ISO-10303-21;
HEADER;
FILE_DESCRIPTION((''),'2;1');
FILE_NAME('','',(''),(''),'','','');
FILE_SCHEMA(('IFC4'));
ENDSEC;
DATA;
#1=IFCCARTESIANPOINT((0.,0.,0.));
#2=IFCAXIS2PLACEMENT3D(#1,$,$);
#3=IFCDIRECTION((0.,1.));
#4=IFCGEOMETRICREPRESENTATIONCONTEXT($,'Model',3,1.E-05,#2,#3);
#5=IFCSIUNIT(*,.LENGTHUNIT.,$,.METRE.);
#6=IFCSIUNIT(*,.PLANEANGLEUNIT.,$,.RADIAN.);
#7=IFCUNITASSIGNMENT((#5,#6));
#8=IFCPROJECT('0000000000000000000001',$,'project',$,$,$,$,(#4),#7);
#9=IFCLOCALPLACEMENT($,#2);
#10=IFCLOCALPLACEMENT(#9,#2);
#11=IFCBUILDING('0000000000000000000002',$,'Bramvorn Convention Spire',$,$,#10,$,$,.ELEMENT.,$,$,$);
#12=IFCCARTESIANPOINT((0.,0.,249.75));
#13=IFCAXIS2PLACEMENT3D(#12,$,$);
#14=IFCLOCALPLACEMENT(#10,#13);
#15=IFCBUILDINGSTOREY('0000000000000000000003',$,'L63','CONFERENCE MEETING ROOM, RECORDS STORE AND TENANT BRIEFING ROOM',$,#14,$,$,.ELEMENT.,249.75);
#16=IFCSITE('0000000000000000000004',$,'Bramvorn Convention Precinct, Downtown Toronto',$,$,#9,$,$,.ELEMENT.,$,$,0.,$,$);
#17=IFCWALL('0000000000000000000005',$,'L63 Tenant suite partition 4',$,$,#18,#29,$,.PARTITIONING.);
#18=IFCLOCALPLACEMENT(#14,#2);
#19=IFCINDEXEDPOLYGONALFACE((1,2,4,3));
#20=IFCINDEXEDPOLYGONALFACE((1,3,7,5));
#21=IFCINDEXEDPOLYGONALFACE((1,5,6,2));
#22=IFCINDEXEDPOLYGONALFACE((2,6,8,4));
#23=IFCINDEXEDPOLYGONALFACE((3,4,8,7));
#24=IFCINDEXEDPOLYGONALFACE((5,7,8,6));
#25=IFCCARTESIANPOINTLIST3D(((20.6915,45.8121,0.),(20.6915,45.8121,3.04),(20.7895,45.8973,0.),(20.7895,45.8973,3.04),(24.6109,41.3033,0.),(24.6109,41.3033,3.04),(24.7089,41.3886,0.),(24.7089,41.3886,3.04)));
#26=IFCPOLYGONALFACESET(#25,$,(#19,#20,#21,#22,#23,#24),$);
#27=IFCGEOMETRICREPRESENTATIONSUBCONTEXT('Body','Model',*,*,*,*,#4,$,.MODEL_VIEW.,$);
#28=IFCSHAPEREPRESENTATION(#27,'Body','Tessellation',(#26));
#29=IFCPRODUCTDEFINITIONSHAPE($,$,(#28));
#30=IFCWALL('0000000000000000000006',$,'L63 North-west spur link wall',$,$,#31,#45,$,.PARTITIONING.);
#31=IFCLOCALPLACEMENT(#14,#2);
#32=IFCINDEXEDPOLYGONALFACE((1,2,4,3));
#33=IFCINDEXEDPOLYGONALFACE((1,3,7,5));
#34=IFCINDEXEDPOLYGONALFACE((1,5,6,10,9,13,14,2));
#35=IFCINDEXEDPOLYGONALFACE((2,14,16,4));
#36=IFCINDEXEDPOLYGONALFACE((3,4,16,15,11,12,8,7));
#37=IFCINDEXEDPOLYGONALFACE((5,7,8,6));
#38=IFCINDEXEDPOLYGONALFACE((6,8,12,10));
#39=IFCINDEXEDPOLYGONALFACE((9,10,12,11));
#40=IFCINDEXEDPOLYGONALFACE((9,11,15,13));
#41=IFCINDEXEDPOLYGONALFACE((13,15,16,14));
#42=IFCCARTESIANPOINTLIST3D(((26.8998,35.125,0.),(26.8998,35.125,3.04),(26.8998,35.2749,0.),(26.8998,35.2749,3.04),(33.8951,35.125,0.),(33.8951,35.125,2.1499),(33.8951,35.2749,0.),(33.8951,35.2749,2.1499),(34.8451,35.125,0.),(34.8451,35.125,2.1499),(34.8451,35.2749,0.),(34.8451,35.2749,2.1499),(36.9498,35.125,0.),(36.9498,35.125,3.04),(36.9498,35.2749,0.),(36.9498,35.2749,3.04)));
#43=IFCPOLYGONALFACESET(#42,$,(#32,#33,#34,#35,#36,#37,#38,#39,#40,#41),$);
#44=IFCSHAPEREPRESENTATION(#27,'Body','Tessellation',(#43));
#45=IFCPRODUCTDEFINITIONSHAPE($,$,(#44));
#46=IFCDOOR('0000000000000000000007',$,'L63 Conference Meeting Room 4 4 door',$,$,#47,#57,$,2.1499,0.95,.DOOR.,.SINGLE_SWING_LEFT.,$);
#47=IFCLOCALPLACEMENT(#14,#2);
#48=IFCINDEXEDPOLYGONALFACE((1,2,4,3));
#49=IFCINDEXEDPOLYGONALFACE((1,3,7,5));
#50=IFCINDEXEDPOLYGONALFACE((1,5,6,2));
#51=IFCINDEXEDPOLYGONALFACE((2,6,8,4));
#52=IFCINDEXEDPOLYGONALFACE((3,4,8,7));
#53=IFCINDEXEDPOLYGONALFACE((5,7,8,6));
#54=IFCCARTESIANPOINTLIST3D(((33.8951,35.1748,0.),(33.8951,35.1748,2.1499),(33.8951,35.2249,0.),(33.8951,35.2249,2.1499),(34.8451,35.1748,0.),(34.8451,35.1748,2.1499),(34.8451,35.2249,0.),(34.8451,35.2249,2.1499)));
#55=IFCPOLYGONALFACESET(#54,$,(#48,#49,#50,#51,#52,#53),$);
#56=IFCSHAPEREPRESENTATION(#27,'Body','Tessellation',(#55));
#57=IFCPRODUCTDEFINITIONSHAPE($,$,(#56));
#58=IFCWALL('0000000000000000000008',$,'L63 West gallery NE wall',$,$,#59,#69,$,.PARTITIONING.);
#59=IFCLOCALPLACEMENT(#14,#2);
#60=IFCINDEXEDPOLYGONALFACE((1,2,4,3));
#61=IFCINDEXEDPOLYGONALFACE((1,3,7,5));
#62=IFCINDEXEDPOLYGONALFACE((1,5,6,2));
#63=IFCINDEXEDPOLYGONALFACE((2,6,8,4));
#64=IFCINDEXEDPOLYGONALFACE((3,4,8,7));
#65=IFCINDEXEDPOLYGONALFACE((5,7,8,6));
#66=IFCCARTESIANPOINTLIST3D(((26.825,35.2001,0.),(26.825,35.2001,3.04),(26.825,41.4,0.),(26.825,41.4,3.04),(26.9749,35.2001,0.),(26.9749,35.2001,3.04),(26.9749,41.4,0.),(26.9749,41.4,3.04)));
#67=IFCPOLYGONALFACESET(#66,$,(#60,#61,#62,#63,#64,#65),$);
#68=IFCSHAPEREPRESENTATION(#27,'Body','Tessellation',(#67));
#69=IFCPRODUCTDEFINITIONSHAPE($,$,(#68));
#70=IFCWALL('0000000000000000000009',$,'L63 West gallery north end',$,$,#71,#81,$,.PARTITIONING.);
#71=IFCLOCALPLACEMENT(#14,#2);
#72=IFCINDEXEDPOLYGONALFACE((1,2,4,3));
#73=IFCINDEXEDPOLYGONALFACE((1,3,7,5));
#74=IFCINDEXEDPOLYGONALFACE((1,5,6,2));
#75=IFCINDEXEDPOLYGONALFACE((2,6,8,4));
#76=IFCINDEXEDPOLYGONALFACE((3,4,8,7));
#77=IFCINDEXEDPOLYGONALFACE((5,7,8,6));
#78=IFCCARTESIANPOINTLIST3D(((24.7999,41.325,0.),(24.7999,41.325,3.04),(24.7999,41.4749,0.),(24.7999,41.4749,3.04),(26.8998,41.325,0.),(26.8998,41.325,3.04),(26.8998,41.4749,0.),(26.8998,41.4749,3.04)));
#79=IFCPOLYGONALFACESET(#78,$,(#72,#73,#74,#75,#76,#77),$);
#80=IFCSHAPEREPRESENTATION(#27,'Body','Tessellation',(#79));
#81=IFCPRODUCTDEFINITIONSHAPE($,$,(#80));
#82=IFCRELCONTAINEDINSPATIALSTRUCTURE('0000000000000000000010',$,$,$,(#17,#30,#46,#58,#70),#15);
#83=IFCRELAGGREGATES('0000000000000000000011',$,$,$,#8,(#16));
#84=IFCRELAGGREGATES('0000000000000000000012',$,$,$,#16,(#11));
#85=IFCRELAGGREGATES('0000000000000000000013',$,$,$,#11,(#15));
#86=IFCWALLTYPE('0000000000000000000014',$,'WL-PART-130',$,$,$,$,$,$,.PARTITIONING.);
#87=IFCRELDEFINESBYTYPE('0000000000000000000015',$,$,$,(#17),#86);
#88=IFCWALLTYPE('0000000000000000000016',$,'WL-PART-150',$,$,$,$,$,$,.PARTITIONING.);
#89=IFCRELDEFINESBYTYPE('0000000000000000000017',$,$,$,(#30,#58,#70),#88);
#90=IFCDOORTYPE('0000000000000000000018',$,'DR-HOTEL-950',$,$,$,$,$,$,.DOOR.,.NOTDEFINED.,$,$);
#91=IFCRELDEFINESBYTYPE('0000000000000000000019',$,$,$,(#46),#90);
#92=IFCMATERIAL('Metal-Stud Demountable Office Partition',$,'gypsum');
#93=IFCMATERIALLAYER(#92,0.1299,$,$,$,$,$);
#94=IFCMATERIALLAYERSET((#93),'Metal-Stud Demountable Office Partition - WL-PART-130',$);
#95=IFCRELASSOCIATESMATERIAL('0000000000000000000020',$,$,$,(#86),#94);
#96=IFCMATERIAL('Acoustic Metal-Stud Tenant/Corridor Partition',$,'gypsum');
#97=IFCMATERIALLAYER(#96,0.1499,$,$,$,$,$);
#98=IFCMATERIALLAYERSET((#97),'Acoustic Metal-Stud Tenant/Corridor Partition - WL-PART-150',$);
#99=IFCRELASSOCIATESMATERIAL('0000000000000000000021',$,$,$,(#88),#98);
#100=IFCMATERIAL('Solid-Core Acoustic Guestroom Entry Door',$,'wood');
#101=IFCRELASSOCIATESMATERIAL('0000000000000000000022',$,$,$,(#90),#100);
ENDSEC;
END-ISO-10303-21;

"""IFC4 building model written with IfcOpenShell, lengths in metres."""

from ifc_helpers import new_model, si_unit, direction, frame, frame_2d, origin, place, context, subcontext, project, spatial, rectangle, extrude, material, layer, layer_set, type_object, element, fill, save


model = new_model("IFC4")

# Units and contexts
model_context = context("Model", 3, precision=1e-05, world=origin(), true_north=direction((0.0, 1.0)))
body_context = subcontext(model_context, "Body", "Model", "MODEL_VIEW")
ifc_project = project(units=[si_unit("LENGTHUNIT", "METRE"), si_unit("PLANEANGLEUNIT", "RADIAN")], contexts=[model_context])

# Site, building, storey
site_placement = place(None, origin())
site = spatial("IfcSite", under=ifc_project, at=site_placement, Name="Bramvorn Convention Precinct, Downtown Toronto", CompositionType="ELEMENT", RefElevation=0.0)
building_placement = place(site_placement, origin())
building = spatial("IfcBuilding", under=site, at=building_placement, Name="Bramvorn Convention Spire", CompositionType="ELEMENT")
storey_placement = place(building_placement, frame((0.0, 0.0, 249.75)))
storey = spatial("IfcBuildingStorey", under=building, at=storey_placement, Name="L63", Description="CONFERENCE MEETING ROOM, RECORDS STORE AND TENANT BRIEFING ROOM", CompositionType="ELEMENT", Elevation=249.75)

# Wall
ifc_material_1 = material(Name="Metal-Stud Demountable Office Partition", Category="gypsum")
ifc_layer_1 = layer(ifc_material_1, 0.1299)
ifc_layer_set_1 = layer_set([ifc_layer_1], Name="Metal-Stud Demountable Office Partition - WL-PART-130")
wall_type_1 = type_object("IfcWallType", Name="WL-PART-130", PredefinedType="PARTITIONING", material=ifc_layer_set_1)
wall_1_placement = place(storey_placement, frame((24.6599, 41.3459, 0.0), z_axis=(0.0, 0.0, 1.0), x_axis=(-0.656059, 0.754709, 0.0)))
element("IfcWall", 1, at=wall_1_placement, inside=storey, type_object=wall_type_1, Name="L63 Tenant suite partition 4", PredefinedType="PARTITIONING", context=body_context, shape_type="SweptSolid", body=[
    extrude(rectangle(XDim=5.9741, YDim=0.1299, at=frame_2d((2.9871, 0.0))), origin(), (0.0, 0.0, 1.0), 3.04),
])

# Wall, opening, door
ifc_material_2 = material(Name="Acoustic Metal-Stud Tenant/Corridor Partition", Category="gypsum")
ifc_layer_2 = layer(ifc_material_2, 0.1499)
ifc_layer_set_2 = layer_set([ifc_layer_2], Name="Acoustic Metal-Stud Tenant/Corridor Partition - WL-PART-150")
wall_type_2 = type_object("IfcWallType", Name="WL-PART-150", PredefinedType="PARTITIONING", material=ifc_layer_set_2)
wall_2_placement = place(storey_placement, frame((26.8999, 35.2, 0.0), z_axis=(0.0, 0.0, 1.0), x_axis=(1.0, 0.0, 0.0)))
wall_2 = element("IfcWall", 2, at=wall_2_placement, inside=storey, type_object=wall_type_2, Name="L63 North-west spur link wall", PredefinedType="PARTITIONING", context=body_context, shape_type="SweptSolid", body=[
    extrude(rectangle(XDim=10.05, YDim=0.1499, at=frame_2d((5.0249, 0.0))), origin(), (0.0, 0.0, 1.0), 3.04),
])
opening_placement = place(wall_2_placement, frame((6.9951, 0.0, 0.0)))
opening = element("IfcOpeningElement", 3, at=opening_placement, cuts=wall_2, PredefinedType="OPENING", context=body_context, shape_type="SweptSolid", body=[
    extrude(rectangle(XDim=0.95, YDim=2.1499, at=frame_2d((0.4751, 1.075))), frame((0.0, 0.085, 0.0), z_axis=(0.0, -1.0, 0.0), x_axis=(1.0, 0.0, 0.0)), (0.0, 0.0, 1.0), 0.1699),
])
ifc_material_3 = material(Name="Solid-Core Acoustic Guestroom Entry Door", Category="wood")
door_type = type_object("IfcDoorType", Name="DR-HOTEL-950", OperationType="NOTDEFINED", PredefinedType="DOOR", material=ifc_material_3)
door_placement = place(opening_placement, origin())
door = element("IfcDoor", 4, at=door_placement, inside=storey, type_object=door_type, Name="L63 Conference Meeting Room 4 4 door", OperationType="SINGLE_SWING_LEFT", OverallHeight=2.1499, OverallWidth=0.95, PredefinedType="DOOR", context=body_context, shape_type="SweptSolid", body=[
    extrude(rectangle(XDim=0.95, YDim=2.1499, at=frame_2d((0.4751, 1.075))), frame((0.0, 0.0249, 0.0), z_axis=(0.0, -1.0, 0.0), x_axis=(1.0, 0.0, 0.0)), (0.0, 0.0, 1.0), 0.05),
])
fill(opening, door)

# Walls
wall_3_placement = place(storey_placement, frame((26.8999, 35.2, 0.0), z_axis=(0.0, 0.0, 1.0), x_axis=(0.0, 1.0, 0.0)))
element("IfcWall", 5, at=wall_3_placement, inside=storey, type_object=wall_type_2, Name="L63 West gallery NE wall", PredefinedType="PARTITIONING", context=body_context, shape_type="SweptSolid", body=[
    extrude(rectangle(XDim=6.2, YDim=0.1499, at=frame_2d((3.1001, 0.0))), origin(), (0.0, 0.0, 1.0), 3.04),
])
wall_4_placement = place(storey_placement, frame((24.8, 41.3999, 0.0), z_axis=(0.0, 0.0, 1.0), x_axis=(1.0, 0.0, 0.0)))
element("IfcWall", 6, at=wall_4_placement, inside=storey, type_object=wall_type_2, Name="L63 West gallery north end", PredefinedType="PARTITIONING", context=body_context, shape_type="SweptSolid", body=[
    extrude(rectangle(XDim=2.0999, YDim=0.1499, at=frame_2d((1.0498, 0.0))), origin(), (0.0, 0.0, 1.0), 3.04),
])

save(model, "model.ifc")
